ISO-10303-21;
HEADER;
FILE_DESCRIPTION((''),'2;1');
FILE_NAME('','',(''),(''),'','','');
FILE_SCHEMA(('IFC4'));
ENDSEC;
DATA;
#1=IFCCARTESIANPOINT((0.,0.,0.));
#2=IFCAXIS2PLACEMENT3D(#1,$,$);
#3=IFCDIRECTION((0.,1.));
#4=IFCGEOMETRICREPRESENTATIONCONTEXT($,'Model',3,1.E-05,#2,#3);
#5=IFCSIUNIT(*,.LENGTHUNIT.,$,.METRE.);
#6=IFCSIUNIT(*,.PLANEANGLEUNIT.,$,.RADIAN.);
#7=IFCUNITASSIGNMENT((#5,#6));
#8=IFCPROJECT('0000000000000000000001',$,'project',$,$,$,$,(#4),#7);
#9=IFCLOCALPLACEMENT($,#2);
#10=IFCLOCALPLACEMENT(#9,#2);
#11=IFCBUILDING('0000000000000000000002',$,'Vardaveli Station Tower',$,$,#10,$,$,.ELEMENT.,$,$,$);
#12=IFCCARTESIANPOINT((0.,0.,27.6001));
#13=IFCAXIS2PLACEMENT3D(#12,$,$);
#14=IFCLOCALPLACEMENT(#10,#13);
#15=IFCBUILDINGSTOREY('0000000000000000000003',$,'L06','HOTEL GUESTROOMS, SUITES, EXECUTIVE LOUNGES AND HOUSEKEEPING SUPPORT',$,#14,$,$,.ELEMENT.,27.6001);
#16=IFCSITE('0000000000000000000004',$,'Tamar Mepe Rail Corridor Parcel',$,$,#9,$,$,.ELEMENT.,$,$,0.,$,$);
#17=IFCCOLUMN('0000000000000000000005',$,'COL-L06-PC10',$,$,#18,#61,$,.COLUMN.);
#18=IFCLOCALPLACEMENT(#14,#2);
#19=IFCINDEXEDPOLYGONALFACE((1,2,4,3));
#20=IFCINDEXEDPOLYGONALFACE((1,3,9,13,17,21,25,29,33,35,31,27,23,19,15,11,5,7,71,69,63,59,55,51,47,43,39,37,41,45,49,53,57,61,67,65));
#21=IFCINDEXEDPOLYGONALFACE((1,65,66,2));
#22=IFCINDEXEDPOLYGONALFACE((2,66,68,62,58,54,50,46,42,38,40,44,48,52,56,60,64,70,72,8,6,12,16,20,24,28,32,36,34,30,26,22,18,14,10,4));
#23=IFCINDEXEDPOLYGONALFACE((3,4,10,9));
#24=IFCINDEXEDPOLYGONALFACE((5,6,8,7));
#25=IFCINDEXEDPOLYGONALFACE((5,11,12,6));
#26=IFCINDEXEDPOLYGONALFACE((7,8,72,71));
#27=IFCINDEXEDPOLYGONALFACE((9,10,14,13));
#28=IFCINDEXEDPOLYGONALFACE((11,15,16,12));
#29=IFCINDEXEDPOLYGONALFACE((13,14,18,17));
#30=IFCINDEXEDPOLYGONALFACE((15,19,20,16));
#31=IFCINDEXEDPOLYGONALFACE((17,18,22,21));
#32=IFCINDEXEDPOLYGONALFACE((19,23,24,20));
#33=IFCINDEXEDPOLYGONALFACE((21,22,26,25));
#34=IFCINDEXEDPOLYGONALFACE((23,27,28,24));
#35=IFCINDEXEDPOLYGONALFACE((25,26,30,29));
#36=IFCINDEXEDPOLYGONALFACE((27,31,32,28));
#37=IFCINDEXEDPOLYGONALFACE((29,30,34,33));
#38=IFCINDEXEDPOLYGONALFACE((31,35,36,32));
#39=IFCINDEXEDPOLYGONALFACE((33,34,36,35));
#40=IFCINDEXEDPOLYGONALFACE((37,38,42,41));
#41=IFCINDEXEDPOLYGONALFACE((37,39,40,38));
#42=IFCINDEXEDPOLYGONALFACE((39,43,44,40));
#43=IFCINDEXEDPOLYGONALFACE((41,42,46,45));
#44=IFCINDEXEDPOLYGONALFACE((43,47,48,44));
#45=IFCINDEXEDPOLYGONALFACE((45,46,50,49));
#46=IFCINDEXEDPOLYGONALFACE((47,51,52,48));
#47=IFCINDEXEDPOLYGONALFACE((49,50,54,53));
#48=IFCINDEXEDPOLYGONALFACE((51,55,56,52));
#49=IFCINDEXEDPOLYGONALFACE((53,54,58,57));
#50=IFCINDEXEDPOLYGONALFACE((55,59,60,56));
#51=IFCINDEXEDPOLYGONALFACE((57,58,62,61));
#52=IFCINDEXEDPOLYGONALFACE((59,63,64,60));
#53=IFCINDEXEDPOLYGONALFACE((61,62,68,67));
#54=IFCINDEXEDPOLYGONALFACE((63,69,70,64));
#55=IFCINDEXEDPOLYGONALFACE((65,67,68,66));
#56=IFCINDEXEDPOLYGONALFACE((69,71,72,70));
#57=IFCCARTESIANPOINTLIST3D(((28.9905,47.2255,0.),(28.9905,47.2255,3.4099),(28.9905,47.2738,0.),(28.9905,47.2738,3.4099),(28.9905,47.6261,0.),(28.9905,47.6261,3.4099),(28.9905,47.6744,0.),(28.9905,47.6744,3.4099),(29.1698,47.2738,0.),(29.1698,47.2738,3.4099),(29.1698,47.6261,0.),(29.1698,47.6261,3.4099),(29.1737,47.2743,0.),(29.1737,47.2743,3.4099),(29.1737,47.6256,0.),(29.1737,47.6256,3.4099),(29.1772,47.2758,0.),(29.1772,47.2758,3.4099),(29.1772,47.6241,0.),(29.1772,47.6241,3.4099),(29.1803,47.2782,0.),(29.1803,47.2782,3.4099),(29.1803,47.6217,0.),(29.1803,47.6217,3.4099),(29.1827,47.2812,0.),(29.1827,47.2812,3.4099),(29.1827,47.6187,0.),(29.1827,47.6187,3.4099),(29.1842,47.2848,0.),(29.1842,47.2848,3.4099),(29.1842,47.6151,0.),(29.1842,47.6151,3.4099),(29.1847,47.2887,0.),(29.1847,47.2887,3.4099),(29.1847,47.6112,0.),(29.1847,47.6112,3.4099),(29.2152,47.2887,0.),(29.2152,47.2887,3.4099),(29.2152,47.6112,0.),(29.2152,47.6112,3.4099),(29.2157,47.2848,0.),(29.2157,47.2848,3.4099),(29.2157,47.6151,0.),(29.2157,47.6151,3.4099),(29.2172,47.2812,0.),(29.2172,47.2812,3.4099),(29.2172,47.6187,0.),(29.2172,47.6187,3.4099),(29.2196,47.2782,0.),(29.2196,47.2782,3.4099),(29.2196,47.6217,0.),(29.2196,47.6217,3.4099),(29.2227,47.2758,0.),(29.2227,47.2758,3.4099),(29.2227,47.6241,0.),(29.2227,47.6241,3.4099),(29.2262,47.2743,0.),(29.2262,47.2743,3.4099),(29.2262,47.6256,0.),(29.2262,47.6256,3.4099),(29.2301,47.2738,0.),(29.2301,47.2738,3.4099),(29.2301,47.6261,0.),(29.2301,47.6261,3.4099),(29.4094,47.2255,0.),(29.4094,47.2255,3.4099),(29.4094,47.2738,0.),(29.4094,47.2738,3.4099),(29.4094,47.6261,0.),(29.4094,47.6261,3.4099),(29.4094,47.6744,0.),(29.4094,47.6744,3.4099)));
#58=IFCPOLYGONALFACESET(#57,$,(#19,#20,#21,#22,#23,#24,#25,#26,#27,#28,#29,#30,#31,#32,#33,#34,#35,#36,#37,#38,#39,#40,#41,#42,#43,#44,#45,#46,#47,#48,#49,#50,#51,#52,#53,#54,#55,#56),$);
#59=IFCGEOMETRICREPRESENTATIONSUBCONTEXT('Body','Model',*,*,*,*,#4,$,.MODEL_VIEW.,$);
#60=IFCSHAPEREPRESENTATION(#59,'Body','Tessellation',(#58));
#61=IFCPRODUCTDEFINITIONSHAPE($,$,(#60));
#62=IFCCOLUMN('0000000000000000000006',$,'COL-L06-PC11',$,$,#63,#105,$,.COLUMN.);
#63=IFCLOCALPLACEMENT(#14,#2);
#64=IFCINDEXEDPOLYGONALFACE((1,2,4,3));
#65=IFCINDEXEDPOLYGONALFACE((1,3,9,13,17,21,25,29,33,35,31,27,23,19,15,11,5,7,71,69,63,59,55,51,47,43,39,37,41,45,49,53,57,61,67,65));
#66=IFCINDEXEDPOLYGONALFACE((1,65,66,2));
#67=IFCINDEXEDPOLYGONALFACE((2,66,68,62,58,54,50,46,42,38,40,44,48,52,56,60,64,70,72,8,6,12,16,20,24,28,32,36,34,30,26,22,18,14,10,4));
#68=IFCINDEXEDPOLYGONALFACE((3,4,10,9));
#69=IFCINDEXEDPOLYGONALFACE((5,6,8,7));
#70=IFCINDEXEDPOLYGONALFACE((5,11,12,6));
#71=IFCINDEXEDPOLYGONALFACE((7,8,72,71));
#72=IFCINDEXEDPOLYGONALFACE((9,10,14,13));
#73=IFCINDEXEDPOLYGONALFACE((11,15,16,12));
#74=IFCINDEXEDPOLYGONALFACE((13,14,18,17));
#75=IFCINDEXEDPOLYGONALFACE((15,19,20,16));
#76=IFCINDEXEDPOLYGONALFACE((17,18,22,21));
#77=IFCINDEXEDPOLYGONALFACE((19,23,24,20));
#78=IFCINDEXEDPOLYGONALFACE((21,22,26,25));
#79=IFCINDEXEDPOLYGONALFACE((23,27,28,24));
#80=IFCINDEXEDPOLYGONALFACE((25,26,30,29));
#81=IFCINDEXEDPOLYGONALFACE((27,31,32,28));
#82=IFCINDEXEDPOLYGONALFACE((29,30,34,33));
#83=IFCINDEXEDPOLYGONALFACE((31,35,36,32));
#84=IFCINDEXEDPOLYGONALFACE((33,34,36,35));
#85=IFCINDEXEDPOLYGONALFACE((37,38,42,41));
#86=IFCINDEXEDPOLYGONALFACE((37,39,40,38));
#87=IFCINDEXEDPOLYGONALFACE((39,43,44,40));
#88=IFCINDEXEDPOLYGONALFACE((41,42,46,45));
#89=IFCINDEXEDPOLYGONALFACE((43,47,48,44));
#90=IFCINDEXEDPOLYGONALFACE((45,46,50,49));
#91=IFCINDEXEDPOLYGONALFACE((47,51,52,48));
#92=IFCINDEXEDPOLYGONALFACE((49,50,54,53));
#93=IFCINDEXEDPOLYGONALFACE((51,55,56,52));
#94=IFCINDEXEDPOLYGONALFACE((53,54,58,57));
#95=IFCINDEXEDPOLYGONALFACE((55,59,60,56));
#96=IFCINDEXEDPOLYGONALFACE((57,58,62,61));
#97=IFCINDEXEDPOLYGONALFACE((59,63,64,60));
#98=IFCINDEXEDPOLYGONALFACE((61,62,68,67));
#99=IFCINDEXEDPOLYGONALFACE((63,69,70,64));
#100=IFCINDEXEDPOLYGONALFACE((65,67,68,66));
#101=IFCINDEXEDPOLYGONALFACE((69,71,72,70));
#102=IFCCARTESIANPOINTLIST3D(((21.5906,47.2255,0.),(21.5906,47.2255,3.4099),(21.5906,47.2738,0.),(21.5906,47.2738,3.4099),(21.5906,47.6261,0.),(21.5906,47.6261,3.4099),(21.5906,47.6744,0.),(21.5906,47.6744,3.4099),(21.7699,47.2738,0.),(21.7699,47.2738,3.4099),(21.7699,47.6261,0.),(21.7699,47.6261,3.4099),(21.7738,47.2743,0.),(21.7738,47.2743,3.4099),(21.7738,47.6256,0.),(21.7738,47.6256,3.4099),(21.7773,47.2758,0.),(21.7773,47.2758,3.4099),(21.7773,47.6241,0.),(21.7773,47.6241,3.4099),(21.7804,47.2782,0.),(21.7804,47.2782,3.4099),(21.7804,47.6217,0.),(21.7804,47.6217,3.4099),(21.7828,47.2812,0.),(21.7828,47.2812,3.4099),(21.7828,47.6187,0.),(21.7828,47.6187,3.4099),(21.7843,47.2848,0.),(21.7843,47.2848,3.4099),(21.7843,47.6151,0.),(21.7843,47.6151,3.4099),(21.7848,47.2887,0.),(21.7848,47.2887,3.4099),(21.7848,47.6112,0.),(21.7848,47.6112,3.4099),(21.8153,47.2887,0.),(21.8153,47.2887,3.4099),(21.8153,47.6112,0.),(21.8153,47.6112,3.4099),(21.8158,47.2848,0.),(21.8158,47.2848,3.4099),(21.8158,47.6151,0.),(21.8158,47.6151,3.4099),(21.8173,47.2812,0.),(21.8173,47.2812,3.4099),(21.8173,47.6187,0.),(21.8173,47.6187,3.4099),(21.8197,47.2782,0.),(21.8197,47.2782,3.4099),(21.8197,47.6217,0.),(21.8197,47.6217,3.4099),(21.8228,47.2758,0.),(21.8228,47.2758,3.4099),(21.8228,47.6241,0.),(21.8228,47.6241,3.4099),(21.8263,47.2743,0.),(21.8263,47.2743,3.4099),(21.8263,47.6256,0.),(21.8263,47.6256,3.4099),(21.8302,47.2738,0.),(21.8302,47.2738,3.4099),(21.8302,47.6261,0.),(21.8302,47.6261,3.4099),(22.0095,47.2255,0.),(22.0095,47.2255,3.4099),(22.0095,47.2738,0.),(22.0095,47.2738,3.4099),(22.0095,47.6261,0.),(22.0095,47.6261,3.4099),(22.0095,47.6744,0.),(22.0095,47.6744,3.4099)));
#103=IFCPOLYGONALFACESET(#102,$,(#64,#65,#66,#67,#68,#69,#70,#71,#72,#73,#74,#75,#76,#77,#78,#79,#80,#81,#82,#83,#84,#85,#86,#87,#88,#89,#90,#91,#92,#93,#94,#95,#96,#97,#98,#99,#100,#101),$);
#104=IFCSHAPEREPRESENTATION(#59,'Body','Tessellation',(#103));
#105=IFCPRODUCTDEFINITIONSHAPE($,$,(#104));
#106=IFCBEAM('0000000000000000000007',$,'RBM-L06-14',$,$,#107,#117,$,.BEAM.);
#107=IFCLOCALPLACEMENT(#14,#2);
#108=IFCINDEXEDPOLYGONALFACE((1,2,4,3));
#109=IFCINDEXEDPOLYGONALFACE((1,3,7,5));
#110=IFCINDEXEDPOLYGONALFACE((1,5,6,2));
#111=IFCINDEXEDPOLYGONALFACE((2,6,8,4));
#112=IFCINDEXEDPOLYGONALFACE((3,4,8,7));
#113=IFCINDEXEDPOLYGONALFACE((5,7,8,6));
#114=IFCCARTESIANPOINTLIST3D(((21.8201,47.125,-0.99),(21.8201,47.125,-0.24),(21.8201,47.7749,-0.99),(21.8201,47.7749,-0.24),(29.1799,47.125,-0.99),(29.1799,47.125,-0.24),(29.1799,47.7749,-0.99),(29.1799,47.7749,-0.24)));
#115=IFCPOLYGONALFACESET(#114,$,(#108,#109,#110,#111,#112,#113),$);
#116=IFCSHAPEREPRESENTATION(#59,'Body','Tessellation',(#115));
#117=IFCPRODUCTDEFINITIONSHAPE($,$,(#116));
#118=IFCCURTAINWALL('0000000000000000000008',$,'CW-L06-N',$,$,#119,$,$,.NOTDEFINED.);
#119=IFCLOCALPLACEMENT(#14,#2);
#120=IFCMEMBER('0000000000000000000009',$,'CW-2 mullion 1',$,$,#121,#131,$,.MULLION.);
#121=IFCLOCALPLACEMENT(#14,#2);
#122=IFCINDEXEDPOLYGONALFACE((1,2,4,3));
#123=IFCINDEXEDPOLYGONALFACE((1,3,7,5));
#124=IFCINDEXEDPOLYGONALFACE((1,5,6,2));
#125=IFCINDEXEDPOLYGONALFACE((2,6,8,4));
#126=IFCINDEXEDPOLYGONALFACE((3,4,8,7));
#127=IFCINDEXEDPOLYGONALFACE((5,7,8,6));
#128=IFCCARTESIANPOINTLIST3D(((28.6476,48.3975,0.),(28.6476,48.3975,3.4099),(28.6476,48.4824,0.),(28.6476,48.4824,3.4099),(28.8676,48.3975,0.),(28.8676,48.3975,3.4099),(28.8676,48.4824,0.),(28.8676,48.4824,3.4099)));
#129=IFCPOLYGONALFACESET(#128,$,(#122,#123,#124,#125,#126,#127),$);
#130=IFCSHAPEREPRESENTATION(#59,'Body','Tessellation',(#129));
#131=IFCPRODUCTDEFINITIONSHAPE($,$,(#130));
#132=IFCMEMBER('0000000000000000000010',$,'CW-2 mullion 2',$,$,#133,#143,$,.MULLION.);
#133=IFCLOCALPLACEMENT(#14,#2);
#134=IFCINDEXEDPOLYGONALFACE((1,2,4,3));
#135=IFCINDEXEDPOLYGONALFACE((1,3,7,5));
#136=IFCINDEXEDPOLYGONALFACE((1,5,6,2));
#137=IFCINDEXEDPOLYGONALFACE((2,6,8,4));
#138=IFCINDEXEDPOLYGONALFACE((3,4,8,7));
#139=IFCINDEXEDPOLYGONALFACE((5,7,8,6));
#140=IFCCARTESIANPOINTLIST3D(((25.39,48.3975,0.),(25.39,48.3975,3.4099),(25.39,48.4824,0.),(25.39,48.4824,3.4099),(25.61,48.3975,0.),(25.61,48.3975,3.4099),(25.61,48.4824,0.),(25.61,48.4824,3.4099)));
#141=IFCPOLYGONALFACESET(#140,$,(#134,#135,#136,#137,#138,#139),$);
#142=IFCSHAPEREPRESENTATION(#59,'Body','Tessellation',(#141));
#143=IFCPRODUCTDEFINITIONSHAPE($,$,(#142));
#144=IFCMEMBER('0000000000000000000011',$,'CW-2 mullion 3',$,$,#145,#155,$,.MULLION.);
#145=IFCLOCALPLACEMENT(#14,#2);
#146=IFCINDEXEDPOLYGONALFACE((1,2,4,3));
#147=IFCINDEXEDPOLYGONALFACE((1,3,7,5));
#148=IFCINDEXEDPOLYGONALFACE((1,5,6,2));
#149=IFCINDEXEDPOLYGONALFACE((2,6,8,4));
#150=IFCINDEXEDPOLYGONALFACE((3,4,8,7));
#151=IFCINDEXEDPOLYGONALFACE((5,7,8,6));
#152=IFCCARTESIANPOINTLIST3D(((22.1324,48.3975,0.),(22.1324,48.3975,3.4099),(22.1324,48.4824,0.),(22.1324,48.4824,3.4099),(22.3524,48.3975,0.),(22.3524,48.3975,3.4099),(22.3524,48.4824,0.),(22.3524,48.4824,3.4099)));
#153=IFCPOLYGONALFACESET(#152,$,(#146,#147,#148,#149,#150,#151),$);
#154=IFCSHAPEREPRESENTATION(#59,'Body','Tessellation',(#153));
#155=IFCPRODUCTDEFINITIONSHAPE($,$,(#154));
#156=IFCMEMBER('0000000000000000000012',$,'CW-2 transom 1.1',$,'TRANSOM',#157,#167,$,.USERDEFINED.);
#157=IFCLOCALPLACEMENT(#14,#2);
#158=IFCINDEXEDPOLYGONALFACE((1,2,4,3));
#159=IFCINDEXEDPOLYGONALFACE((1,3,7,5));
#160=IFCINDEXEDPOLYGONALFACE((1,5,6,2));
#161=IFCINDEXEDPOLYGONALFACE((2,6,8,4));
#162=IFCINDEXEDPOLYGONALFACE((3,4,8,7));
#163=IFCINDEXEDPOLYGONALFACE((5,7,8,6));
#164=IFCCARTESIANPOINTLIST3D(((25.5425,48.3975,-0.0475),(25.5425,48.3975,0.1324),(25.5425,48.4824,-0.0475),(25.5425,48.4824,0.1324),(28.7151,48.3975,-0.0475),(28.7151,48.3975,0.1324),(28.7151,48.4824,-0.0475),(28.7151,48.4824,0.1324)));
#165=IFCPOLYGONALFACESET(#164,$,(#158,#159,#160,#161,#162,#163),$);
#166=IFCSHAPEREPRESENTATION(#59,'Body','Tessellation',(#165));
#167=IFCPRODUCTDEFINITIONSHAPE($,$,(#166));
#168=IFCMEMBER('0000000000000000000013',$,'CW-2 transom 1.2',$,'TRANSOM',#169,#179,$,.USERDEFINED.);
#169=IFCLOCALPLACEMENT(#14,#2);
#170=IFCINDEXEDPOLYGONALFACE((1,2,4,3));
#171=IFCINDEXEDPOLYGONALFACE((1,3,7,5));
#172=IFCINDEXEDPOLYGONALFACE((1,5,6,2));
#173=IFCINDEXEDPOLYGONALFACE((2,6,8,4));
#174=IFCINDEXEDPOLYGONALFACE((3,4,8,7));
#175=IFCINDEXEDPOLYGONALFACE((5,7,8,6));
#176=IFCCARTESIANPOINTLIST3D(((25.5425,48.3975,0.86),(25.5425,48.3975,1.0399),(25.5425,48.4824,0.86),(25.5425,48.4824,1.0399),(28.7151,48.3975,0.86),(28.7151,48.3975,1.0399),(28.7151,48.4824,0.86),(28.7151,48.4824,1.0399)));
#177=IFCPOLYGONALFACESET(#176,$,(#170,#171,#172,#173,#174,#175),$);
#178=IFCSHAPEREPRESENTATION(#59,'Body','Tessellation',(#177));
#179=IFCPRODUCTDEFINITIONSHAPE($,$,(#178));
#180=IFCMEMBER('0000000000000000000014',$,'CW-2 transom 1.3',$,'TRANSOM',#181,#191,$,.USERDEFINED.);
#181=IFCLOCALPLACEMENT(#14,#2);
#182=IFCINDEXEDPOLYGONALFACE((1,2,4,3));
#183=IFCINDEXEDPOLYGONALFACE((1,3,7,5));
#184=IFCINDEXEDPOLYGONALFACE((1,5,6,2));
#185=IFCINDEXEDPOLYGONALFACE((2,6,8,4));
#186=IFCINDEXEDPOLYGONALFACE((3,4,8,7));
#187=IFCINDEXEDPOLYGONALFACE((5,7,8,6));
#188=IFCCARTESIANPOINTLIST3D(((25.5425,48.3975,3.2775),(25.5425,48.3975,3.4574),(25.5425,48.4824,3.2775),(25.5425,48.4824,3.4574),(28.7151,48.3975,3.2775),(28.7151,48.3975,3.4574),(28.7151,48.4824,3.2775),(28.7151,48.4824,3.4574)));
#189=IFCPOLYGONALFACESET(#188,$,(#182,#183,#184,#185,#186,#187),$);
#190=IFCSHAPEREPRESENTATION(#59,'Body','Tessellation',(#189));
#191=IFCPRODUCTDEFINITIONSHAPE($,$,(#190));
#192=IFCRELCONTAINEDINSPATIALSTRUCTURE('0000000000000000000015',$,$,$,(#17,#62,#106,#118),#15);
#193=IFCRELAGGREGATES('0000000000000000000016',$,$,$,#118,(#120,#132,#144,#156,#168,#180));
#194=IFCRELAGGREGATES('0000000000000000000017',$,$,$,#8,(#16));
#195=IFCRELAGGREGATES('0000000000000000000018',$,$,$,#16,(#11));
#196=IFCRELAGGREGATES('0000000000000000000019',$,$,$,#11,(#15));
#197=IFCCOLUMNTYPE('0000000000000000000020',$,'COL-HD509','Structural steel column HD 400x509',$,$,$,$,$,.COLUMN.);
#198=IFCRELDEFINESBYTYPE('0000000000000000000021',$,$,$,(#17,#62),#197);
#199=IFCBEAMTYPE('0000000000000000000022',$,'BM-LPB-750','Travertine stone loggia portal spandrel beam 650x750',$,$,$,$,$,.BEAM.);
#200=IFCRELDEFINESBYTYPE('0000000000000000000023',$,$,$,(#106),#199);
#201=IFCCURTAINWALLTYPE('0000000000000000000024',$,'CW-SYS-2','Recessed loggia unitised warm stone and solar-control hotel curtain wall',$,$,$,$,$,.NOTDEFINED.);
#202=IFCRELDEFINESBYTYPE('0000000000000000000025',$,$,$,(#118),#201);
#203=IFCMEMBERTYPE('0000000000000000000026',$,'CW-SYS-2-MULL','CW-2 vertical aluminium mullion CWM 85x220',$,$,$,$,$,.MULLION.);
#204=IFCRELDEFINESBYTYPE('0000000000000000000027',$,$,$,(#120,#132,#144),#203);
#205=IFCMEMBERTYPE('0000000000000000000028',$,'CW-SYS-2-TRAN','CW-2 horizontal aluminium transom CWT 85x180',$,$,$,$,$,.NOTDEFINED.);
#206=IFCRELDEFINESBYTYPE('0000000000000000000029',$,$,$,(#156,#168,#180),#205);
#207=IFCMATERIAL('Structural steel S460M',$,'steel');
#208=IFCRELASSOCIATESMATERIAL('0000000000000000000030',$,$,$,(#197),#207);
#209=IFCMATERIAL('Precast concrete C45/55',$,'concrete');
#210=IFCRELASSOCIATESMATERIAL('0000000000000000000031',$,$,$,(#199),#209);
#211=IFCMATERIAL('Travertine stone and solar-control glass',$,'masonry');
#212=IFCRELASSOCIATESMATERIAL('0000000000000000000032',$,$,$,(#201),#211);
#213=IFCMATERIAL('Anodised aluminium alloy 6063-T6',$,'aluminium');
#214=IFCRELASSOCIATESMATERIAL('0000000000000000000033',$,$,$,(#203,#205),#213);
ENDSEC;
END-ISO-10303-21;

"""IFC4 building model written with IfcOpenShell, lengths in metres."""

from ifc_helpers import new_model, si_unit, direction, frame, origin, origin_2d, place, context, subcontext, project, spatial, rectangle, i_section, extrude, source, transform, mapped, material, material_profile, profile_set, type_object, element, aggregate, save


model = new_model("IFC4")

# Units and contexts
model_context = context("Model", 3, precision=1e-05, world=origin(), true_north=direction((0.0, 1.0)))
body_context = subcontext(model_context, "Body", "Model", "MODEL_VIEW")
ifc_project = project(units=[si_unit("LENGTHUNIT", "METRE"), si_unit("PLANEANGLEUNIT", "RADIAN")], contexts=[model_context])

# Site, building, storey
site_placement = place(None, origin())
site = spatial("IfcSite", under=ifc_project, at=site_placement, Name="Tamar Mepe Rail Corridor Parcel", CompositionType="ELEMENT", RefElevation=0.0)
building_placement = place(site_placement, origin())
building = spatial("IfcBuilding", under=site, at=building_placement, Name="Vardaveli Station Tower", CompositionType="ELEMENT")
storey_placement = place(building_placement, frame((0.0, 0.0, 27.6001)))
storey = spatial("IfcBuildingStorey", under=building, at=storey_placement, Name="L06", Description="HOTEL GUESTROOMS, SUITES, EXECUTIVE LOUNGES AND HOUSEKEEPING SUPPORT", CompositionType="ELEMENT", Elevation=27.6001)

# Columns
ifc_material_1 = material(Name="Structural steel S460M", Category="steel")
ifc_material_profile_1 = material_profile(ifc_material_1, i_section(OverallWidth=0.4189, OverallDepth=0.449, WebThickness=0.0305, FlangeThickness=0.0483, FilletRadius=0.0149, at=origin_2d()), Name="HD 400x509")
ifc_profile_set_1 = profile_set([ifc_material_profile_1], Name="Structural steel S460M")
column_type = type_object("IfcColumnType", Name="COL-HD509", Description="Structural steel column HD 400x509", PredefinedType="COLUMN", material=ifc_profile_set_1)
shared_shape_1 = source(origin(), body_context, "Body", "SweptSolid", [
    extrude(i_section(OverallWidth=0.4189, OverallDepth=0.449, WebThickness=0.0305, FlangeThickness=0.0483, FilletRadius=0.0149, at=origin_2d()), origin(), (0.0, 0.0, 1.0), 3.4099),
])
for number, where, z_axis, x_axis, name in (
    (1, (29.2, 47.45, 0.0), (0.0, 0.0, 1.0), (1.0, 0.0, 0.0), "COL-L06-PC10"),
    (2, (21.8, 47.45, 0.0), (0.0, 0.0, 1.0), (1.0, 0.0, 0.0), "COL-L06-PC11"),
):
    element("IfcColumn", number, at=place(storey_placement, frame(where, z_axis=z_axis, x_axis=x_axis)), inside=storey, type_object=column_type, Name=name, PredefinedType="COLUMN", context=body_context, shape_type="MappedRepresentation", body=[
        mapped(shared_shape_1, transform((0.0, 0.0, 0.0), scale=1.0)),
    ])

# Beam
ifc_material_2 = material(Name="Precast concrete C45/55", Category="concrete")
ifc_material_profile_2 = material_profile(ifc_material_2, rectangle(XDim=0.6499, YDim=0.75, at=origin_2d()), Name="LPB 650x750")
ifc_profile_set_2 = profile_set([ifc_material_profile_2], Name="Precast concrete C45/55")
beam_type = type_object("IfcBeamType", Name="BM-LPB-750", Description="Travertine stone loggia portal spandrel beam 650x750", PredefinedType="BEAM", material=ifc_profile_set_2)
shared_shape_2 = source(origin(), body_context, "Body", "SweptSolid", [
    extrude(rectangle(XDim=0.6499, YDim=0.75, at=origin_2d()), origin(), (0.0, 0.0, 1.0), 7.3599),
])
beam_placement = place(storey_placement, frame((29.1799, 47.45, -0.615), z_axis=(-1.0, 0.0, 0.0), x_axis=(0.0, -1.0, 0.0)))
element("IfcBeam", 3, at=beam_placement, inside=storey, type_object=beam_type, Name="RBM-L06-14", PredefinedType="BEAM", context=body_context, shape_type="MappedRepresentation", body=[
    mapped(shared_shape_2, transform((0.0, 0.0, 0.0), scale=1.0)),
])

# Curtain wall, members
ifc_material_3 = material(Name="Travertine stone and solar-control glass", Category="masonry")
curtain_wall_type = type_object("IfcCurtainWallType", Name="CW-SYS-2", Description="Recessed loggia unitised warm stone and solar-control hotel curtain wall", PredefinedType="NOTDEFINED", material=ifc_material_3)
curtain_wall_placement = place(storey_placement, origin())
curtain_wall = element("IfcCurtainWall", 4, at=curtain_wall_placement, inside=storey, type_object=curtain_wall_type, Name="CW-L06-N", PredefinedType="NOTDEFINED")
ifc_material_4 = material(Name="Anodised aluminium alloy 6063-T6", Category="aluminium")
ifc_material_profile_3 = material_profile(ifc_material_4, rectangle(XDim=0.085, YDim=0.22, at=origin_2d()), Name="CWM 85x220")
ifc_profile_set_3 = profile_set([ifc_material_profile_3], Name="Anodised aluminium alloy 6063-T6")
member_type_1 = type_object("IfcMemberType", Name="CW-SYS-2-MULL", Description="CW-2 vertical aluminium mullion CWM 85x220", PredefinedType="MULLION", material=ifc_profile_set_3)
shared_shape_3 = source(origin(), body_context, "Body", "SweptSolid", [
    extrude(rectangle(XDim=0.085, YDim=0.22, at=origin_2d()), origin(), (0.0, 0.0, 1.0), 3.4099),
])
member_1_placement = place(storey_placement, frame((28.7576, 48.4399, 0.0), z_axis=(0.0, 0.0, 1.0), x_axis=(0.0, -1.0, 0.0)))
member_1 = element("IfcMember", 5, at=member_1_placement, type_object=member_type_1, Name="CW-2 mullion 1", PredefinedType="MULLION", context=body_context, shape_type="MappedRepresentation", body=[
    mapped(shared_shape_3, transform((0.0, 0.0, 0.0), scale=1.0)),
])
member_2_placement = place(storey_placement, frame((25.5, 48.4399, 0.0), z_axis=(0.0, 0.0, 1.0), x_axis=(0.0, -1.0, 0.0)))
member_2 = element("IfcMember", 6, at=member_2_placement, type_object=member_type_1, Name="CW-2 mullion 2", PredefinedType="MULLION", context=body_context, shape_type="MappedRepresentation", body=[
    mapped(shared_shape_3, transform((0.0, 0.0, 0.0), scale=1.0)),
])
member_3_placement = place(storey_placement, frame((22.2424, 48.4399, 0.0), z_axis=(0.0, 0.0, 1.0), x_axis=(0.0, -1.0, 0.0)))
member_3 = element("IfcMember", 7, at=member_3_placement, type_object=member_type_1, Name="CW-2 mullion 3", PredefinedType="MULLION", context=body_context, shape_type="MappedRepresentation", body=[
    mapped(shared_shape_3, transform((0.0, 0.0, 0.0), scale=1.0)),
])
ifc_material_profile_4 = material_profile(ifc_material_4, rectangle(XDim=0.085, YDim=0.1799, at=origin_2d()), Name="CWT 85x180")
ifc_profile_set_4 = profile_set([ifc_material_profile_4], Name="Anodised aluminium alloy 6063-T6")
member_type_2 = type_object("IfcMemberType", Name="CW-SYS-2-TRAN", Description="CW-2 horizontal aluminium transom CWT 85x180", PredefinedType="NOTDEFINED", material=ifc_profile_set_4)
shared_shape_4 = source(origin(), body_context, "Body", "SweptSolid", [
    extrude(rectangle(XDim=0.085, YDim=0.1799, at=origin_2d()), origin(), (0.0, 0.0, 1.0), 3.1726),
])
member_4_placement = place(storey_placement, frame((28.7151, 48.4399, 0.0425), z_axis=(-1.0, 0.0, 0.0), x_axis=(0.0, -1.0, 0.0)))
member_4 = element("IfcMember", 8, at=member_4_placement, type_object=member_type_2, Name="CW-2 transom 1.1", ObjectType="TRANSOM", PredefinedType="USERDEFINED", context=body_context, shape_type="MappedRepresentation", body=[
    mapped(shared_shape_4, transform((0.0, 0.0, 0.0), scale=1.0)),
])
member_5_placement = place(storey_placement, frame((28.7151, 48.4399, 0.95), z_axis=(-1.0, 0.0, 0.0), x_axis=(0.0, -1.0, 0.0)))
member_5 = element("IfcMember", 9, at=member_5_placement, type_object=member_type_2, Name="CW-2 transom 1.2", ObjectType="TRANSOM", PredefinedType="USERDEFINED", context=body_context, shape_type="MappedRepresentation", body=[
    mapped(shared_shape_4, transform((0.0, 0.0, 0.0), scale=1.0)),
])
member_6_placement = place(storey_placement, frame((28.7151, 48.4399, 3.3674), z_axis=(-1.0, 0.0, 0.0), x_axis=(0.0, -1.0, 0.0)))
member_6 = element("IfcMember", 10, at=member_6_placement, type_object=member_type_2, Name="CW-2 transom 1.3", ObjectType="TRANSOM", PredefinedType="USERDEFINED", context=body_context, shape_type="MappedRepresentation", body=[
    mapped(shared_shape_4, transform((0.0, 0.0, 0.0), scale=1.0)),
])
aggregate(curtain_wall, [member_1, member_2, member_3, member_4, member_5, member_6])

save(model, "model.ifc")
